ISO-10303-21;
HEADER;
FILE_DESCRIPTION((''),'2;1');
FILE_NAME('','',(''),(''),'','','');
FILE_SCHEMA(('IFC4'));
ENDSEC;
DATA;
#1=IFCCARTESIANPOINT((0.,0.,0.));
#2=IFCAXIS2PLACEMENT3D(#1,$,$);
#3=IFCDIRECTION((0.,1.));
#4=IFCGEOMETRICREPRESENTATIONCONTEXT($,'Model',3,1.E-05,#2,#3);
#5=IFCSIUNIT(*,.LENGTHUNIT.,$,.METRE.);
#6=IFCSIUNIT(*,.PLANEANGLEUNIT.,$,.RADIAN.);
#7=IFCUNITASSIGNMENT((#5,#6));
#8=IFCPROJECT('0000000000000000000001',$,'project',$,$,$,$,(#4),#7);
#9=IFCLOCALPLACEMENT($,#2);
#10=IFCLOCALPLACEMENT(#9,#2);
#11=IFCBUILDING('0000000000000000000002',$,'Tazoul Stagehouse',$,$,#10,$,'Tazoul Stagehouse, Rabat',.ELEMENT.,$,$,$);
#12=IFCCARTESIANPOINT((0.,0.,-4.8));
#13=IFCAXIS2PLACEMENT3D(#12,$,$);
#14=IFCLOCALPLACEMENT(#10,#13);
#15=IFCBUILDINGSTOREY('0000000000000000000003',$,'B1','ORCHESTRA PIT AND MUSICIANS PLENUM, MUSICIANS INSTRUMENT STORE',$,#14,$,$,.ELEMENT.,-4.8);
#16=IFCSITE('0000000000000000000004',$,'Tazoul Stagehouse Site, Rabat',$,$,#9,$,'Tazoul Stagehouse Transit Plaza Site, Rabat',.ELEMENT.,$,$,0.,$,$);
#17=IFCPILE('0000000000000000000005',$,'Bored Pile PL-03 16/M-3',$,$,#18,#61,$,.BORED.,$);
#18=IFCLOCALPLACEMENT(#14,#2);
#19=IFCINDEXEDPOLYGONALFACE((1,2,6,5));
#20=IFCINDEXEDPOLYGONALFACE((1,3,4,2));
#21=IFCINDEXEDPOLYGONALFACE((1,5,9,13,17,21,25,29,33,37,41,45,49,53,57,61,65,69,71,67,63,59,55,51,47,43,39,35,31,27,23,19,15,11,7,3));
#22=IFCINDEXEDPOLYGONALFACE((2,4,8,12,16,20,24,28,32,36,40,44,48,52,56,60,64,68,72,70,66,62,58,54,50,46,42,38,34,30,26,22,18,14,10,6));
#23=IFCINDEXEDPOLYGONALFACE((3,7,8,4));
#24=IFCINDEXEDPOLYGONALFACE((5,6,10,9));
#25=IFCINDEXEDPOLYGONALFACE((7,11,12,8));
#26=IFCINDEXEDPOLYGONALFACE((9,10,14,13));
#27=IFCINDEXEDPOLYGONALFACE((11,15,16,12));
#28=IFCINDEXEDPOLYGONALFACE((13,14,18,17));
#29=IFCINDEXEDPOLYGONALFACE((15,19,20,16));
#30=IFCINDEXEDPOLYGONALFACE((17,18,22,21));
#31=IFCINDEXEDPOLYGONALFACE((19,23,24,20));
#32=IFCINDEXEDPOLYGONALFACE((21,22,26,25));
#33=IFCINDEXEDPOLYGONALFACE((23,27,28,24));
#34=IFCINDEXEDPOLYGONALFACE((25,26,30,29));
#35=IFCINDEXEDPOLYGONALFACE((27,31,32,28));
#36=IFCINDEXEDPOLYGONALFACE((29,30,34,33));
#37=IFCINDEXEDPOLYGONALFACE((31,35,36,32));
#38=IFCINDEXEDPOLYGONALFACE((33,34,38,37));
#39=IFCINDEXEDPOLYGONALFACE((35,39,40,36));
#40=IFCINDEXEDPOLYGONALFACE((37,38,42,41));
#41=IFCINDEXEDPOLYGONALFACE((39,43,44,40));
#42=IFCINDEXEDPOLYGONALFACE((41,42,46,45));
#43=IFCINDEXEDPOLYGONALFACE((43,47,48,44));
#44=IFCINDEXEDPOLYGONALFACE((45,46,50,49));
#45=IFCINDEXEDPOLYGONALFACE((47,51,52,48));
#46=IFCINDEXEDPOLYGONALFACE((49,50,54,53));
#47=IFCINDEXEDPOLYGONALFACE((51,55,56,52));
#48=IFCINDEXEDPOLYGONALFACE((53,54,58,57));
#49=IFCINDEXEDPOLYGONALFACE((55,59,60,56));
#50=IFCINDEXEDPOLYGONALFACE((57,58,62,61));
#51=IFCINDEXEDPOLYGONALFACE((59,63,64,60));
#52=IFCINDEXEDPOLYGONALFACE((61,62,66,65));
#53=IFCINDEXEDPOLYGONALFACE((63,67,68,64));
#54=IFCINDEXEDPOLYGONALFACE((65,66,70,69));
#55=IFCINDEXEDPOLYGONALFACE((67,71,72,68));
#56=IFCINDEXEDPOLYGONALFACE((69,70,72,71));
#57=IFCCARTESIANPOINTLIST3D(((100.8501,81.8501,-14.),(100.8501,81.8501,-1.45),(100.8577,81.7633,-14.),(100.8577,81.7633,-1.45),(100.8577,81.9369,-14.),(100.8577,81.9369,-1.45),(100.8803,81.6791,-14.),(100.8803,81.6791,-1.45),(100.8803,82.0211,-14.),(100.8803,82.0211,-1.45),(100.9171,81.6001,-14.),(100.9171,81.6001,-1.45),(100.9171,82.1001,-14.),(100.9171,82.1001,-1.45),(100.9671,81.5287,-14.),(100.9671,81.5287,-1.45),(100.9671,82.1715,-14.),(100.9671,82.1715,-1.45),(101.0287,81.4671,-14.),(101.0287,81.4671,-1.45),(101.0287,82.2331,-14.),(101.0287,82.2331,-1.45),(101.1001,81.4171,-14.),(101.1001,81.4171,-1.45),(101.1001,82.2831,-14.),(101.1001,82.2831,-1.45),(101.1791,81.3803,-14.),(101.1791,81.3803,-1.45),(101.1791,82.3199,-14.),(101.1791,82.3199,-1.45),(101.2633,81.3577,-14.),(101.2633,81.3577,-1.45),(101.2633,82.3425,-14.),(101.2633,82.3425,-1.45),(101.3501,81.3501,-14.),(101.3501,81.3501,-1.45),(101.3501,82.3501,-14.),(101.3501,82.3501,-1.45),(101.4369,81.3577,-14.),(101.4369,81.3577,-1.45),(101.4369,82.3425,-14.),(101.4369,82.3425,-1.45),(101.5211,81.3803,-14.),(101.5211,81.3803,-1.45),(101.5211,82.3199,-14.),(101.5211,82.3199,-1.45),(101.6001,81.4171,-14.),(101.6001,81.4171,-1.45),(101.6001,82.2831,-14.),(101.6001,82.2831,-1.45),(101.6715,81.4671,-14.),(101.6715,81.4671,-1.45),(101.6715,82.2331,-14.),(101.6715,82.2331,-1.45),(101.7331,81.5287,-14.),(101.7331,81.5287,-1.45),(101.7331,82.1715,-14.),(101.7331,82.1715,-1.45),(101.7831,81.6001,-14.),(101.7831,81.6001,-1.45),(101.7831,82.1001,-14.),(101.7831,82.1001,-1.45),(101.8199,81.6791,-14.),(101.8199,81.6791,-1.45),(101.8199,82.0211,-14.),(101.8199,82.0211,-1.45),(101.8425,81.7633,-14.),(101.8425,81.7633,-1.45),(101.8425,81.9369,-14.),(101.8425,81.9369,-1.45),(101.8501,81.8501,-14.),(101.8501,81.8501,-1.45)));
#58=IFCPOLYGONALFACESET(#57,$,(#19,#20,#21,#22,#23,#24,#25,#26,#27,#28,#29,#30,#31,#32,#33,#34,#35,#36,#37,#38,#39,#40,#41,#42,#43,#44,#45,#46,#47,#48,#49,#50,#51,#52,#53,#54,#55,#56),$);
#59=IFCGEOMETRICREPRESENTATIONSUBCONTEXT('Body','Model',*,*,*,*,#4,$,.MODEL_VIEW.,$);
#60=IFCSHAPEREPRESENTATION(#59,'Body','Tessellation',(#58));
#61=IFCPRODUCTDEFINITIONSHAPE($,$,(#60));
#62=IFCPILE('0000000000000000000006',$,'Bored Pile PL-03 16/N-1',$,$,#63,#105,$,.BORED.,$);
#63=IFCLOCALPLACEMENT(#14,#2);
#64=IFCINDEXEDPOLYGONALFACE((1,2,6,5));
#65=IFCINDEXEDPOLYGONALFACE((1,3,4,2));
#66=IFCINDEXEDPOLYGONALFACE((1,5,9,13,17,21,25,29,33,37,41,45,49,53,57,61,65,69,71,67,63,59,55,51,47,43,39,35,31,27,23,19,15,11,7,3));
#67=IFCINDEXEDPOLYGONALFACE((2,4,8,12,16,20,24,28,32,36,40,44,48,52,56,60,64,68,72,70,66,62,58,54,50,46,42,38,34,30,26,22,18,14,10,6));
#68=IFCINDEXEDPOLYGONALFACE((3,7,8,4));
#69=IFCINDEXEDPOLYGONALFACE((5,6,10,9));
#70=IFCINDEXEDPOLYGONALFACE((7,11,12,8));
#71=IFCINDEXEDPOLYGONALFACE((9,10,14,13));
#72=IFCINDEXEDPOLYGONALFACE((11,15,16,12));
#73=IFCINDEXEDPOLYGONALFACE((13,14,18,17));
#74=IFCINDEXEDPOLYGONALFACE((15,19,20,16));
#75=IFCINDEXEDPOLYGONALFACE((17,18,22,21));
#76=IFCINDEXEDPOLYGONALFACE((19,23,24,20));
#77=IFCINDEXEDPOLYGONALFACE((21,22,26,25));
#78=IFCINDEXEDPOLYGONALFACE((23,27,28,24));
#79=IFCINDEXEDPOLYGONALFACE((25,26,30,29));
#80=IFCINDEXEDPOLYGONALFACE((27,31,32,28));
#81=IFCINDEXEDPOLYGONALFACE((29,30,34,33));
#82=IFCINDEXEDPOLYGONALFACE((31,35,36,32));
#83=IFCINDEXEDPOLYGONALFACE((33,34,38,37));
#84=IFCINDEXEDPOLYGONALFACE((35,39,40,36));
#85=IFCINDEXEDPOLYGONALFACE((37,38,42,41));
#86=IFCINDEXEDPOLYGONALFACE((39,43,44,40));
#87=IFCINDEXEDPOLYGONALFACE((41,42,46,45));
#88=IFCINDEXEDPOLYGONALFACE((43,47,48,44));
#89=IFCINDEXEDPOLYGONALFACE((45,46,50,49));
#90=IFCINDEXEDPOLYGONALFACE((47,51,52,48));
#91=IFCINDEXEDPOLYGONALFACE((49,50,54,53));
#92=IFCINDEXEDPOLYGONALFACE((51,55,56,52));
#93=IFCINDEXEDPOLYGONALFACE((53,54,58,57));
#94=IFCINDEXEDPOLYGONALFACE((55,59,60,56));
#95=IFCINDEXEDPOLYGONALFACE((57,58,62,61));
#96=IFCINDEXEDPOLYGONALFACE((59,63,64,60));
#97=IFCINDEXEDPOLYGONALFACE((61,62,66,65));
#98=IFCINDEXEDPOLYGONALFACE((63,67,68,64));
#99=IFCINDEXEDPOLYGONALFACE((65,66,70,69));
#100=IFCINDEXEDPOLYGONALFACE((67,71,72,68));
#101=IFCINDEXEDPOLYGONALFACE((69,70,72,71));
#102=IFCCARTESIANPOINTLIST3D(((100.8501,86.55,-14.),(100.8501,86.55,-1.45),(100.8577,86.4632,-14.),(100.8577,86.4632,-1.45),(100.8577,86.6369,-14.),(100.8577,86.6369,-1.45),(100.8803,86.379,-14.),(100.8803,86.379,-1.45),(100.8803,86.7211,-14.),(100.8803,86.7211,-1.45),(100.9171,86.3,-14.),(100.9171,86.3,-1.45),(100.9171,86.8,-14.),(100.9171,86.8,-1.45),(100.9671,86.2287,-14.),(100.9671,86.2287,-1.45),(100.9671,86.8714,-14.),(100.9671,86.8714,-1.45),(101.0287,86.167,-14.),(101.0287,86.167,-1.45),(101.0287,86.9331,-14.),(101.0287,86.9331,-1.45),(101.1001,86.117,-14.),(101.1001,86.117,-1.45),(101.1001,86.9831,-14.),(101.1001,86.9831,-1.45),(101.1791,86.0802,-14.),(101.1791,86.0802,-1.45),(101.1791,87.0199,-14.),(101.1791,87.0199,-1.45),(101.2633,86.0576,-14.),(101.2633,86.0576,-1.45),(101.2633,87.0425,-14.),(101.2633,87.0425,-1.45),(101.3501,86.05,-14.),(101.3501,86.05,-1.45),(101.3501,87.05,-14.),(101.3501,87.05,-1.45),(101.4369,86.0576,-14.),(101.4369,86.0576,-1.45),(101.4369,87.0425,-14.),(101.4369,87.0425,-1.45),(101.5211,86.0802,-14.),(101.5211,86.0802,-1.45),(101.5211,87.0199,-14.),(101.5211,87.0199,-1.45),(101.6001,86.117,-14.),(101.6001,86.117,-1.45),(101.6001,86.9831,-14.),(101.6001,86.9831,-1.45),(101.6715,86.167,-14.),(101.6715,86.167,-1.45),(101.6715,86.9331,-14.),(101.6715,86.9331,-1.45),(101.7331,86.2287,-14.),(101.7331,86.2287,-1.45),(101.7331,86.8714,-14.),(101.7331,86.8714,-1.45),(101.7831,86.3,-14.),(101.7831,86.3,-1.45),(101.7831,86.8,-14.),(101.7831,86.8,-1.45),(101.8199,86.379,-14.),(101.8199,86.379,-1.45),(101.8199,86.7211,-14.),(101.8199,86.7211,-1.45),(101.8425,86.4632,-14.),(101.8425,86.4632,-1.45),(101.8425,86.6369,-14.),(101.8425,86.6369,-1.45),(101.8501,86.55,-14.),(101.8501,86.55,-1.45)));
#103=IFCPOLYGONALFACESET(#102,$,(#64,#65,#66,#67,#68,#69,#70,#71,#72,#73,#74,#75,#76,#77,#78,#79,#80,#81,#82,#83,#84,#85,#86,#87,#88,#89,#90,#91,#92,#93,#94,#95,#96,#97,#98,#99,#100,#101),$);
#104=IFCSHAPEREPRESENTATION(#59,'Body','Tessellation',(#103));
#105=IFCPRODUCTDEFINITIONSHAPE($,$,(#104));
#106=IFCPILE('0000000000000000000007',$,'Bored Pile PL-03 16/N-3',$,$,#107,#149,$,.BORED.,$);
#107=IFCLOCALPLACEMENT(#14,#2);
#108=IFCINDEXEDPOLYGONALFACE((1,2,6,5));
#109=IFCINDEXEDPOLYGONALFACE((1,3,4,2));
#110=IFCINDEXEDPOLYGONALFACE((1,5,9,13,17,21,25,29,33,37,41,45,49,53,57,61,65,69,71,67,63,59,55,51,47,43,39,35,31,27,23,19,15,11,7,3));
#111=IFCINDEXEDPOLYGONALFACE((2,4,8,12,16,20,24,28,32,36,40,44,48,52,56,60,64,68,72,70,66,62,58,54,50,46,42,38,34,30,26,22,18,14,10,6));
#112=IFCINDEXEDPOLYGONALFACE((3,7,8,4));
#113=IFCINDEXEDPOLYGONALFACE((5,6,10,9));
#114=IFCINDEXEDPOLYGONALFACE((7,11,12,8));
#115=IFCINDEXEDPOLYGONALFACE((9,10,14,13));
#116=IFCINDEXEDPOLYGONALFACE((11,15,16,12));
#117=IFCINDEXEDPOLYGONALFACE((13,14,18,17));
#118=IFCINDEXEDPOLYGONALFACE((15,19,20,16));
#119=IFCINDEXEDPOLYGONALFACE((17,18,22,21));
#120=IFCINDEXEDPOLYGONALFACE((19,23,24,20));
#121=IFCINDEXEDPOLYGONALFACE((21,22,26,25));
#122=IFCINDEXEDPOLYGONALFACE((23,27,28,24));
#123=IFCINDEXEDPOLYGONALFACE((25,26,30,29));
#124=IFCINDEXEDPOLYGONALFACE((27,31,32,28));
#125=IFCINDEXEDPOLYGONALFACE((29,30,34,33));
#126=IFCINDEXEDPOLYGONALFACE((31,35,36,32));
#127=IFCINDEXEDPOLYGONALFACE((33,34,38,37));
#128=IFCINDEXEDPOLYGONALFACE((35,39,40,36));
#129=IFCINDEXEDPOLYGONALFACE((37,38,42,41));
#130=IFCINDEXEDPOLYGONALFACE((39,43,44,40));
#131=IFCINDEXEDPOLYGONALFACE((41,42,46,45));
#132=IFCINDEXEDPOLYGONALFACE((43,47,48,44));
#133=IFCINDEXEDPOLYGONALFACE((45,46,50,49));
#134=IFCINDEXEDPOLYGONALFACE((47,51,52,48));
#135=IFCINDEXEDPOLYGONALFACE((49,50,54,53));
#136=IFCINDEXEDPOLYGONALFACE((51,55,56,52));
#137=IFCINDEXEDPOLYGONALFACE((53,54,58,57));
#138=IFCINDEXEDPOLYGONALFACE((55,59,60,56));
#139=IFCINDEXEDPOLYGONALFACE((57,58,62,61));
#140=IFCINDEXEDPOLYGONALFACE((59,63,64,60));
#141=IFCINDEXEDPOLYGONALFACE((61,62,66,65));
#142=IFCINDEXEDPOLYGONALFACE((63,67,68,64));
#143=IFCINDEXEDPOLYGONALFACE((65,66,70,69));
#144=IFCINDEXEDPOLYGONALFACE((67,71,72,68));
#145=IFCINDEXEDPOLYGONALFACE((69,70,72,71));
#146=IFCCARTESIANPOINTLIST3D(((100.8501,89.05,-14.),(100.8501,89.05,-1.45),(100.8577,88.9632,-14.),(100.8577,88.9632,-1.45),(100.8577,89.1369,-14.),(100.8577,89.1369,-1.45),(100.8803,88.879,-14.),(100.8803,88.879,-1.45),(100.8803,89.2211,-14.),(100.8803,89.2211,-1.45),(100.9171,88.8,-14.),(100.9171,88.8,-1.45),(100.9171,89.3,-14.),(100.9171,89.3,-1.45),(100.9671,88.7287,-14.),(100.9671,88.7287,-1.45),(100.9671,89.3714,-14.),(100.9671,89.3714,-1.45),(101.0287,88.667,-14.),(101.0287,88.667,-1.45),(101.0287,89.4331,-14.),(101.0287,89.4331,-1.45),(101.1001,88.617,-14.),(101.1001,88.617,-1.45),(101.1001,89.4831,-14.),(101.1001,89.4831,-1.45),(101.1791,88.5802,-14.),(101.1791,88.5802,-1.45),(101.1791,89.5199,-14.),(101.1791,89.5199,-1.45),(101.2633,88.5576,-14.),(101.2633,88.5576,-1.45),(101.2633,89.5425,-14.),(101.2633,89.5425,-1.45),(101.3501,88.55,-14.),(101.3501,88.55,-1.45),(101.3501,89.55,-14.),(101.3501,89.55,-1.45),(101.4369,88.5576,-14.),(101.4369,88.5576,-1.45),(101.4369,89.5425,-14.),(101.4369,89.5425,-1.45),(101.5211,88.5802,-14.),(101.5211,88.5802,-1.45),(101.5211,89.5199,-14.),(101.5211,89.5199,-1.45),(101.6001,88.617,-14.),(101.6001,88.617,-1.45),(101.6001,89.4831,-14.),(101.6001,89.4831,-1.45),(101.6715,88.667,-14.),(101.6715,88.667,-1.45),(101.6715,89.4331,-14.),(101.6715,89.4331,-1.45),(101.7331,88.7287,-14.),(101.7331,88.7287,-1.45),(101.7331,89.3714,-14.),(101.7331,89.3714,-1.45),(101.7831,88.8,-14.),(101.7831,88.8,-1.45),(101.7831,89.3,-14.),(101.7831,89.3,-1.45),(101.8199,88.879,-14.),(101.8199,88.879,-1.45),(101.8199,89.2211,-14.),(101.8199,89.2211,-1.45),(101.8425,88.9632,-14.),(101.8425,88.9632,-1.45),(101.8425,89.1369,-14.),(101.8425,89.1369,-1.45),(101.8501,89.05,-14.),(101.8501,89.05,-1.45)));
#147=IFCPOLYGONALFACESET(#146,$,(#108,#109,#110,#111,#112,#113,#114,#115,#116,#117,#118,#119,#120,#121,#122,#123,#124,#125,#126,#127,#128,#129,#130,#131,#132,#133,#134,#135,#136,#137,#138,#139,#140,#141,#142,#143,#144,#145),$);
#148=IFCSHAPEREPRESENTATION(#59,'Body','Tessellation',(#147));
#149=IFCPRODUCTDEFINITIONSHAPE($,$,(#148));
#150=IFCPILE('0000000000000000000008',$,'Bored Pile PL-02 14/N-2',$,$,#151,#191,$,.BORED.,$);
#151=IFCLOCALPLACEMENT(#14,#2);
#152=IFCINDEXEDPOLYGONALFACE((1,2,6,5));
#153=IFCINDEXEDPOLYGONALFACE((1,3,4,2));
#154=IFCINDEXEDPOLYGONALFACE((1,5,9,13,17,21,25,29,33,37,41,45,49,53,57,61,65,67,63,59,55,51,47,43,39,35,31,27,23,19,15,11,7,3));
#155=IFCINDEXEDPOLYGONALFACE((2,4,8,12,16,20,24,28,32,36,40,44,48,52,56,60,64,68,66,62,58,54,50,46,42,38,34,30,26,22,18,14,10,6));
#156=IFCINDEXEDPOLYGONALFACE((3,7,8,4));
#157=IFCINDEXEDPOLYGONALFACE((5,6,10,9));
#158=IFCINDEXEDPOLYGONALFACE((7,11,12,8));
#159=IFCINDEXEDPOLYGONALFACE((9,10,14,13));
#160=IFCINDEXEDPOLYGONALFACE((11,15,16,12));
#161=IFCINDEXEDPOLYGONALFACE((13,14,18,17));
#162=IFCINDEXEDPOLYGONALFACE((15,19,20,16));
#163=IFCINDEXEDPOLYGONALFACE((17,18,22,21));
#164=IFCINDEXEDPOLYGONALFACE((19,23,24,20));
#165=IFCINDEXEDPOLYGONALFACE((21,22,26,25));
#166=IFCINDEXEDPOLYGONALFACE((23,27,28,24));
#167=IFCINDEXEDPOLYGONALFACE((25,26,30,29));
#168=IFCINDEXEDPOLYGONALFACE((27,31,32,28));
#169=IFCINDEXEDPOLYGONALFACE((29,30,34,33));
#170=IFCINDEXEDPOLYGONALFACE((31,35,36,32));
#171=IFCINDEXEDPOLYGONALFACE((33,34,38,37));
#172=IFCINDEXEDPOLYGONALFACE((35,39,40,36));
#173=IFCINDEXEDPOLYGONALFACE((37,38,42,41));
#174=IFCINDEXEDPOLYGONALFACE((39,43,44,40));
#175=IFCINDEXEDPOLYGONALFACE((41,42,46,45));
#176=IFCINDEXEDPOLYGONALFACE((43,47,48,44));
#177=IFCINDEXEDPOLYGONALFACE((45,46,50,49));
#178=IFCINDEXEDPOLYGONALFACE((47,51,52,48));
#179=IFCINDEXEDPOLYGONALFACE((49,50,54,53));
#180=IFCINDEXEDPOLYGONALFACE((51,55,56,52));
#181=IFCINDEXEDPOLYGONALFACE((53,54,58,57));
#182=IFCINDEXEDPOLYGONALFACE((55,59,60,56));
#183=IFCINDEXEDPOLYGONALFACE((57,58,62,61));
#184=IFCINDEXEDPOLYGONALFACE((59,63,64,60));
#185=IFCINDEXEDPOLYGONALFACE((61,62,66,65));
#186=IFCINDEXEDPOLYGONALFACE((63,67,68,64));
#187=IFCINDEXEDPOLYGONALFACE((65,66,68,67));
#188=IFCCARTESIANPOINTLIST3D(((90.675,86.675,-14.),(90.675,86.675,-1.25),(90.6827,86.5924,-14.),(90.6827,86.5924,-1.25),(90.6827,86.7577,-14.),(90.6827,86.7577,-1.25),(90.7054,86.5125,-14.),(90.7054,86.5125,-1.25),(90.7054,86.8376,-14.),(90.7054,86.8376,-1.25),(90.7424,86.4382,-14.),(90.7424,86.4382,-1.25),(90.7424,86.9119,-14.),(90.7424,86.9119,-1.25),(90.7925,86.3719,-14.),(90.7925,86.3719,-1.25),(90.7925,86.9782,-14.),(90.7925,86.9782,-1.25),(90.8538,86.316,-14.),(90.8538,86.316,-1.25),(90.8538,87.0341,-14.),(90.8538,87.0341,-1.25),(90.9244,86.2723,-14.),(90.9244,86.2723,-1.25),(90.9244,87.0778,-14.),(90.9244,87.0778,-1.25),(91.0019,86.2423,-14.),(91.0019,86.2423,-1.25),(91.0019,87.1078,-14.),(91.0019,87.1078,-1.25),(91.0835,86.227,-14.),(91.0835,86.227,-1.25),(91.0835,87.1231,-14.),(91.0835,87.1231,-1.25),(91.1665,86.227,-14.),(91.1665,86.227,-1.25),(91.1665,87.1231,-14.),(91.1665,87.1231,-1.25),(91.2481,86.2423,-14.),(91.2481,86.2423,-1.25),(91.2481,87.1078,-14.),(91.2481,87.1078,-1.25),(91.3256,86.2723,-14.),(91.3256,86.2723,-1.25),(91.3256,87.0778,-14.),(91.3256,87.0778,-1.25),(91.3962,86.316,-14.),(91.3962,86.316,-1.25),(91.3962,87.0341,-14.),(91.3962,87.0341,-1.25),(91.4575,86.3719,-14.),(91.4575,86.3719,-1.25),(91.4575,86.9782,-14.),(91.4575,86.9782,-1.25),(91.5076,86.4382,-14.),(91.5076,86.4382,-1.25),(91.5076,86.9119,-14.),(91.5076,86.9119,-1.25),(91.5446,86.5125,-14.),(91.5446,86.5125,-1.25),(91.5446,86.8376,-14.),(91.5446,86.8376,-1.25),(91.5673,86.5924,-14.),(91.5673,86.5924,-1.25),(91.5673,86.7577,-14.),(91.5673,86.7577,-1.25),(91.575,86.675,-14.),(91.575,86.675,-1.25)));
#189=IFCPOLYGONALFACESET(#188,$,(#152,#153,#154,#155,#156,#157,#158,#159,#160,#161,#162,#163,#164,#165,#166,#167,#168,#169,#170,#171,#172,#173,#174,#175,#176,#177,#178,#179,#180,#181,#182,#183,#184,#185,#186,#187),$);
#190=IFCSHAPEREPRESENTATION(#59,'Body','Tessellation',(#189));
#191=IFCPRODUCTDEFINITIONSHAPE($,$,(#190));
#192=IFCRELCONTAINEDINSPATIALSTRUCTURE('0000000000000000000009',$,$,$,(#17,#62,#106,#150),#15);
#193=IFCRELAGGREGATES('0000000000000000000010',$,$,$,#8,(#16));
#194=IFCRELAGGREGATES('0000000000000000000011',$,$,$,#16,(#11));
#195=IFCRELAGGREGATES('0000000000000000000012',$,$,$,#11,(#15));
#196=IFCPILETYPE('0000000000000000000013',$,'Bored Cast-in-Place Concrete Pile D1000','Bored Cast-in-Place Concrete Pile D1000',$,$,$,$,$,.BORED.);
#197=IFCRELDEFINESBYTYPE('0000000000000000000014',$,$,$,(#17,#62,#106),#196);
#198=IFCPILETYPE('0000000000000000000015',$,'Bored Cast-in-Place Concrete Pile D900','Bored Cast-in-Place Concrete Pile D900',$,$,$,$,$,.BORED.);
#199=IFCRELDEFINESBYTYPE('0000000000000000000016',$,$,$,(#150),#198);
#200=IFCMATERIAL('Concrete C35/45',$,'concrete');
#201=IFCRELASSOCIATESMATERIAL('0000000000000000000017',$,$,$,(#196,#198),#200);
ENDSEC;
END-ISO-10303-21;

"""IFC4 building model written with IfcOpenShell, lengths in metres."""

from ifc_helpers import new_model, si_unit, direction, frame, origin, origin_2d, place, context, subcontext, project, spatial, circle, extrude, material, material_profile, profile_set, type_object, element, save


model = new_model("IFC4")

# Units and contexts
model_context = context("Model", 3, precision=1e-05, world=origin(), true_north=direction((0.0, 1.0)))
body_context = subcontext(model_context, "Body", "Model", "MODEL_VIEW")
ifc_project = project(units=[si_unit("LENGTHUNIT", "METRE"), si_unit("PLANEANGLEUNIT", "RADIAN")], contexts=[model_context])

# Site, building, storey
site_placement = place(None, origin())
site = spatial("IfcSite", under=ifc_project, at=site_placement, Name="Tazoul Stagehouse Site, Rabat", LongName="Tazoul Stagehouse Transit Plaza Site, Rabat", CompositionType="ELEMENT", RefElevation=0.0)
building_placement = place(site_placement, origin())
building = spatial("IfcBuilding", under=site, at=building_placement, Name="Tazoul Stagehouse", LongName="Tazoul Stagehouse, Rabat", CompositionType="ELEMENT")
storey_placement = place(building_placement, frame((0.0, 0.0, -4.8)))
storey = spatial("IfcBuildingStorey", under=building, at=storey_placement, Name="B1", Description="ORCHESTRA PIT AND MUSICIANS PLENUM, MUSICIANS INSTRUMENT STORE", CompositionType="ELEMENT", Elevation=-4.8)

# Piles
ifc_material_1 = material(Name="Concrete C35/45", Category="concrete")
ifc_material_profile_1 = material_profile(ifc_material_1, circle(Radius=0.5, at=origin_2d()), Name="BORED PILE 1000")
ifc_profile_set_1 = profile_set([ifc_material_profile_1], Name="Concrete C35/45")
pile_type_1 = type_object("IfcPileType", Name="Bored Cast-in-Place Concrete Pile D1000", Description="Bored Cast-in-Place Concrete Pile D1000", PredefinedType="BORED", material=ifc_profile_set_1)
for number, where, z_axis, x_axis, name in (
    (1, (101.3501, 81.8501, -1.45), (0.0, 0.0, -1.0), (1.0, 0.0, 0.0), "Bored Pile PL-03 16/M-3"),
    (2, (101.3501, 86.55, -1.45), (0.0, 0.0, -1.0), (1.0, 0.0, 0.0), "Bored Pile PL-03 16/N-1"),
    (3, (101.3501, 89.05, -1.45), (0.0, 0.0, -1.0), (1.0, 0.0, 0.0), "Bored Pile PL-03 16/N-3"),
):
    element("IfcPile", number, at=place(storey_placement, frame(where, z_axis=z_axis, x_axis=x_axis)), inside=storey, type_object=pile_type_1, Name=name, PredefinedType="BORED", context=body_context, shape_type="SweptSolid", body=[
        extrude(circle(Radius=0.5, at=origin_2d()), origin(), (0.0, 0.0, 1.0), 12.55),
    ])
ifc_material_profile_2 = material_profile(ifc_material_1, circle(Radius=0.45, at=origin_2d()), Name="BORED PILE 900")
ifc_profile_set_2 = profile_set([ifc_material_profile_2], Name="Concrete C35/45")
pile_type_2 = type_object("IfcPileType", Name="Bored Cast-in-Place Concrete Pile D900", Description="Bored Cast-in-Place Concrete Pile D900", PredefinedType="BORED", material=ifc_profile_set_2)
for number, where, z_axis, x_axis, name in (
    (4, (91.125, 86.675, -1.25), (0.0, 0.0, -1.0), (1.0, 0.0, 0.0), "Bored Pile PL-02 14/N-2"),
):
    element("IfcPile", number, at=place(storey_placement, frame(where, z_axis=z_axis, x_axis=x_axis)), inside=storey, type_object=pile_type_2, Name=name, PredefinedType="BORED", context=body_context, shape_type="SweptSolid", body=[
        extrude(circle(Radius=0.45, at=origin_2d()), origin(), (0.0, 0.0, 1.0), 12.75),
    ])

save(model, "model.ifc")
